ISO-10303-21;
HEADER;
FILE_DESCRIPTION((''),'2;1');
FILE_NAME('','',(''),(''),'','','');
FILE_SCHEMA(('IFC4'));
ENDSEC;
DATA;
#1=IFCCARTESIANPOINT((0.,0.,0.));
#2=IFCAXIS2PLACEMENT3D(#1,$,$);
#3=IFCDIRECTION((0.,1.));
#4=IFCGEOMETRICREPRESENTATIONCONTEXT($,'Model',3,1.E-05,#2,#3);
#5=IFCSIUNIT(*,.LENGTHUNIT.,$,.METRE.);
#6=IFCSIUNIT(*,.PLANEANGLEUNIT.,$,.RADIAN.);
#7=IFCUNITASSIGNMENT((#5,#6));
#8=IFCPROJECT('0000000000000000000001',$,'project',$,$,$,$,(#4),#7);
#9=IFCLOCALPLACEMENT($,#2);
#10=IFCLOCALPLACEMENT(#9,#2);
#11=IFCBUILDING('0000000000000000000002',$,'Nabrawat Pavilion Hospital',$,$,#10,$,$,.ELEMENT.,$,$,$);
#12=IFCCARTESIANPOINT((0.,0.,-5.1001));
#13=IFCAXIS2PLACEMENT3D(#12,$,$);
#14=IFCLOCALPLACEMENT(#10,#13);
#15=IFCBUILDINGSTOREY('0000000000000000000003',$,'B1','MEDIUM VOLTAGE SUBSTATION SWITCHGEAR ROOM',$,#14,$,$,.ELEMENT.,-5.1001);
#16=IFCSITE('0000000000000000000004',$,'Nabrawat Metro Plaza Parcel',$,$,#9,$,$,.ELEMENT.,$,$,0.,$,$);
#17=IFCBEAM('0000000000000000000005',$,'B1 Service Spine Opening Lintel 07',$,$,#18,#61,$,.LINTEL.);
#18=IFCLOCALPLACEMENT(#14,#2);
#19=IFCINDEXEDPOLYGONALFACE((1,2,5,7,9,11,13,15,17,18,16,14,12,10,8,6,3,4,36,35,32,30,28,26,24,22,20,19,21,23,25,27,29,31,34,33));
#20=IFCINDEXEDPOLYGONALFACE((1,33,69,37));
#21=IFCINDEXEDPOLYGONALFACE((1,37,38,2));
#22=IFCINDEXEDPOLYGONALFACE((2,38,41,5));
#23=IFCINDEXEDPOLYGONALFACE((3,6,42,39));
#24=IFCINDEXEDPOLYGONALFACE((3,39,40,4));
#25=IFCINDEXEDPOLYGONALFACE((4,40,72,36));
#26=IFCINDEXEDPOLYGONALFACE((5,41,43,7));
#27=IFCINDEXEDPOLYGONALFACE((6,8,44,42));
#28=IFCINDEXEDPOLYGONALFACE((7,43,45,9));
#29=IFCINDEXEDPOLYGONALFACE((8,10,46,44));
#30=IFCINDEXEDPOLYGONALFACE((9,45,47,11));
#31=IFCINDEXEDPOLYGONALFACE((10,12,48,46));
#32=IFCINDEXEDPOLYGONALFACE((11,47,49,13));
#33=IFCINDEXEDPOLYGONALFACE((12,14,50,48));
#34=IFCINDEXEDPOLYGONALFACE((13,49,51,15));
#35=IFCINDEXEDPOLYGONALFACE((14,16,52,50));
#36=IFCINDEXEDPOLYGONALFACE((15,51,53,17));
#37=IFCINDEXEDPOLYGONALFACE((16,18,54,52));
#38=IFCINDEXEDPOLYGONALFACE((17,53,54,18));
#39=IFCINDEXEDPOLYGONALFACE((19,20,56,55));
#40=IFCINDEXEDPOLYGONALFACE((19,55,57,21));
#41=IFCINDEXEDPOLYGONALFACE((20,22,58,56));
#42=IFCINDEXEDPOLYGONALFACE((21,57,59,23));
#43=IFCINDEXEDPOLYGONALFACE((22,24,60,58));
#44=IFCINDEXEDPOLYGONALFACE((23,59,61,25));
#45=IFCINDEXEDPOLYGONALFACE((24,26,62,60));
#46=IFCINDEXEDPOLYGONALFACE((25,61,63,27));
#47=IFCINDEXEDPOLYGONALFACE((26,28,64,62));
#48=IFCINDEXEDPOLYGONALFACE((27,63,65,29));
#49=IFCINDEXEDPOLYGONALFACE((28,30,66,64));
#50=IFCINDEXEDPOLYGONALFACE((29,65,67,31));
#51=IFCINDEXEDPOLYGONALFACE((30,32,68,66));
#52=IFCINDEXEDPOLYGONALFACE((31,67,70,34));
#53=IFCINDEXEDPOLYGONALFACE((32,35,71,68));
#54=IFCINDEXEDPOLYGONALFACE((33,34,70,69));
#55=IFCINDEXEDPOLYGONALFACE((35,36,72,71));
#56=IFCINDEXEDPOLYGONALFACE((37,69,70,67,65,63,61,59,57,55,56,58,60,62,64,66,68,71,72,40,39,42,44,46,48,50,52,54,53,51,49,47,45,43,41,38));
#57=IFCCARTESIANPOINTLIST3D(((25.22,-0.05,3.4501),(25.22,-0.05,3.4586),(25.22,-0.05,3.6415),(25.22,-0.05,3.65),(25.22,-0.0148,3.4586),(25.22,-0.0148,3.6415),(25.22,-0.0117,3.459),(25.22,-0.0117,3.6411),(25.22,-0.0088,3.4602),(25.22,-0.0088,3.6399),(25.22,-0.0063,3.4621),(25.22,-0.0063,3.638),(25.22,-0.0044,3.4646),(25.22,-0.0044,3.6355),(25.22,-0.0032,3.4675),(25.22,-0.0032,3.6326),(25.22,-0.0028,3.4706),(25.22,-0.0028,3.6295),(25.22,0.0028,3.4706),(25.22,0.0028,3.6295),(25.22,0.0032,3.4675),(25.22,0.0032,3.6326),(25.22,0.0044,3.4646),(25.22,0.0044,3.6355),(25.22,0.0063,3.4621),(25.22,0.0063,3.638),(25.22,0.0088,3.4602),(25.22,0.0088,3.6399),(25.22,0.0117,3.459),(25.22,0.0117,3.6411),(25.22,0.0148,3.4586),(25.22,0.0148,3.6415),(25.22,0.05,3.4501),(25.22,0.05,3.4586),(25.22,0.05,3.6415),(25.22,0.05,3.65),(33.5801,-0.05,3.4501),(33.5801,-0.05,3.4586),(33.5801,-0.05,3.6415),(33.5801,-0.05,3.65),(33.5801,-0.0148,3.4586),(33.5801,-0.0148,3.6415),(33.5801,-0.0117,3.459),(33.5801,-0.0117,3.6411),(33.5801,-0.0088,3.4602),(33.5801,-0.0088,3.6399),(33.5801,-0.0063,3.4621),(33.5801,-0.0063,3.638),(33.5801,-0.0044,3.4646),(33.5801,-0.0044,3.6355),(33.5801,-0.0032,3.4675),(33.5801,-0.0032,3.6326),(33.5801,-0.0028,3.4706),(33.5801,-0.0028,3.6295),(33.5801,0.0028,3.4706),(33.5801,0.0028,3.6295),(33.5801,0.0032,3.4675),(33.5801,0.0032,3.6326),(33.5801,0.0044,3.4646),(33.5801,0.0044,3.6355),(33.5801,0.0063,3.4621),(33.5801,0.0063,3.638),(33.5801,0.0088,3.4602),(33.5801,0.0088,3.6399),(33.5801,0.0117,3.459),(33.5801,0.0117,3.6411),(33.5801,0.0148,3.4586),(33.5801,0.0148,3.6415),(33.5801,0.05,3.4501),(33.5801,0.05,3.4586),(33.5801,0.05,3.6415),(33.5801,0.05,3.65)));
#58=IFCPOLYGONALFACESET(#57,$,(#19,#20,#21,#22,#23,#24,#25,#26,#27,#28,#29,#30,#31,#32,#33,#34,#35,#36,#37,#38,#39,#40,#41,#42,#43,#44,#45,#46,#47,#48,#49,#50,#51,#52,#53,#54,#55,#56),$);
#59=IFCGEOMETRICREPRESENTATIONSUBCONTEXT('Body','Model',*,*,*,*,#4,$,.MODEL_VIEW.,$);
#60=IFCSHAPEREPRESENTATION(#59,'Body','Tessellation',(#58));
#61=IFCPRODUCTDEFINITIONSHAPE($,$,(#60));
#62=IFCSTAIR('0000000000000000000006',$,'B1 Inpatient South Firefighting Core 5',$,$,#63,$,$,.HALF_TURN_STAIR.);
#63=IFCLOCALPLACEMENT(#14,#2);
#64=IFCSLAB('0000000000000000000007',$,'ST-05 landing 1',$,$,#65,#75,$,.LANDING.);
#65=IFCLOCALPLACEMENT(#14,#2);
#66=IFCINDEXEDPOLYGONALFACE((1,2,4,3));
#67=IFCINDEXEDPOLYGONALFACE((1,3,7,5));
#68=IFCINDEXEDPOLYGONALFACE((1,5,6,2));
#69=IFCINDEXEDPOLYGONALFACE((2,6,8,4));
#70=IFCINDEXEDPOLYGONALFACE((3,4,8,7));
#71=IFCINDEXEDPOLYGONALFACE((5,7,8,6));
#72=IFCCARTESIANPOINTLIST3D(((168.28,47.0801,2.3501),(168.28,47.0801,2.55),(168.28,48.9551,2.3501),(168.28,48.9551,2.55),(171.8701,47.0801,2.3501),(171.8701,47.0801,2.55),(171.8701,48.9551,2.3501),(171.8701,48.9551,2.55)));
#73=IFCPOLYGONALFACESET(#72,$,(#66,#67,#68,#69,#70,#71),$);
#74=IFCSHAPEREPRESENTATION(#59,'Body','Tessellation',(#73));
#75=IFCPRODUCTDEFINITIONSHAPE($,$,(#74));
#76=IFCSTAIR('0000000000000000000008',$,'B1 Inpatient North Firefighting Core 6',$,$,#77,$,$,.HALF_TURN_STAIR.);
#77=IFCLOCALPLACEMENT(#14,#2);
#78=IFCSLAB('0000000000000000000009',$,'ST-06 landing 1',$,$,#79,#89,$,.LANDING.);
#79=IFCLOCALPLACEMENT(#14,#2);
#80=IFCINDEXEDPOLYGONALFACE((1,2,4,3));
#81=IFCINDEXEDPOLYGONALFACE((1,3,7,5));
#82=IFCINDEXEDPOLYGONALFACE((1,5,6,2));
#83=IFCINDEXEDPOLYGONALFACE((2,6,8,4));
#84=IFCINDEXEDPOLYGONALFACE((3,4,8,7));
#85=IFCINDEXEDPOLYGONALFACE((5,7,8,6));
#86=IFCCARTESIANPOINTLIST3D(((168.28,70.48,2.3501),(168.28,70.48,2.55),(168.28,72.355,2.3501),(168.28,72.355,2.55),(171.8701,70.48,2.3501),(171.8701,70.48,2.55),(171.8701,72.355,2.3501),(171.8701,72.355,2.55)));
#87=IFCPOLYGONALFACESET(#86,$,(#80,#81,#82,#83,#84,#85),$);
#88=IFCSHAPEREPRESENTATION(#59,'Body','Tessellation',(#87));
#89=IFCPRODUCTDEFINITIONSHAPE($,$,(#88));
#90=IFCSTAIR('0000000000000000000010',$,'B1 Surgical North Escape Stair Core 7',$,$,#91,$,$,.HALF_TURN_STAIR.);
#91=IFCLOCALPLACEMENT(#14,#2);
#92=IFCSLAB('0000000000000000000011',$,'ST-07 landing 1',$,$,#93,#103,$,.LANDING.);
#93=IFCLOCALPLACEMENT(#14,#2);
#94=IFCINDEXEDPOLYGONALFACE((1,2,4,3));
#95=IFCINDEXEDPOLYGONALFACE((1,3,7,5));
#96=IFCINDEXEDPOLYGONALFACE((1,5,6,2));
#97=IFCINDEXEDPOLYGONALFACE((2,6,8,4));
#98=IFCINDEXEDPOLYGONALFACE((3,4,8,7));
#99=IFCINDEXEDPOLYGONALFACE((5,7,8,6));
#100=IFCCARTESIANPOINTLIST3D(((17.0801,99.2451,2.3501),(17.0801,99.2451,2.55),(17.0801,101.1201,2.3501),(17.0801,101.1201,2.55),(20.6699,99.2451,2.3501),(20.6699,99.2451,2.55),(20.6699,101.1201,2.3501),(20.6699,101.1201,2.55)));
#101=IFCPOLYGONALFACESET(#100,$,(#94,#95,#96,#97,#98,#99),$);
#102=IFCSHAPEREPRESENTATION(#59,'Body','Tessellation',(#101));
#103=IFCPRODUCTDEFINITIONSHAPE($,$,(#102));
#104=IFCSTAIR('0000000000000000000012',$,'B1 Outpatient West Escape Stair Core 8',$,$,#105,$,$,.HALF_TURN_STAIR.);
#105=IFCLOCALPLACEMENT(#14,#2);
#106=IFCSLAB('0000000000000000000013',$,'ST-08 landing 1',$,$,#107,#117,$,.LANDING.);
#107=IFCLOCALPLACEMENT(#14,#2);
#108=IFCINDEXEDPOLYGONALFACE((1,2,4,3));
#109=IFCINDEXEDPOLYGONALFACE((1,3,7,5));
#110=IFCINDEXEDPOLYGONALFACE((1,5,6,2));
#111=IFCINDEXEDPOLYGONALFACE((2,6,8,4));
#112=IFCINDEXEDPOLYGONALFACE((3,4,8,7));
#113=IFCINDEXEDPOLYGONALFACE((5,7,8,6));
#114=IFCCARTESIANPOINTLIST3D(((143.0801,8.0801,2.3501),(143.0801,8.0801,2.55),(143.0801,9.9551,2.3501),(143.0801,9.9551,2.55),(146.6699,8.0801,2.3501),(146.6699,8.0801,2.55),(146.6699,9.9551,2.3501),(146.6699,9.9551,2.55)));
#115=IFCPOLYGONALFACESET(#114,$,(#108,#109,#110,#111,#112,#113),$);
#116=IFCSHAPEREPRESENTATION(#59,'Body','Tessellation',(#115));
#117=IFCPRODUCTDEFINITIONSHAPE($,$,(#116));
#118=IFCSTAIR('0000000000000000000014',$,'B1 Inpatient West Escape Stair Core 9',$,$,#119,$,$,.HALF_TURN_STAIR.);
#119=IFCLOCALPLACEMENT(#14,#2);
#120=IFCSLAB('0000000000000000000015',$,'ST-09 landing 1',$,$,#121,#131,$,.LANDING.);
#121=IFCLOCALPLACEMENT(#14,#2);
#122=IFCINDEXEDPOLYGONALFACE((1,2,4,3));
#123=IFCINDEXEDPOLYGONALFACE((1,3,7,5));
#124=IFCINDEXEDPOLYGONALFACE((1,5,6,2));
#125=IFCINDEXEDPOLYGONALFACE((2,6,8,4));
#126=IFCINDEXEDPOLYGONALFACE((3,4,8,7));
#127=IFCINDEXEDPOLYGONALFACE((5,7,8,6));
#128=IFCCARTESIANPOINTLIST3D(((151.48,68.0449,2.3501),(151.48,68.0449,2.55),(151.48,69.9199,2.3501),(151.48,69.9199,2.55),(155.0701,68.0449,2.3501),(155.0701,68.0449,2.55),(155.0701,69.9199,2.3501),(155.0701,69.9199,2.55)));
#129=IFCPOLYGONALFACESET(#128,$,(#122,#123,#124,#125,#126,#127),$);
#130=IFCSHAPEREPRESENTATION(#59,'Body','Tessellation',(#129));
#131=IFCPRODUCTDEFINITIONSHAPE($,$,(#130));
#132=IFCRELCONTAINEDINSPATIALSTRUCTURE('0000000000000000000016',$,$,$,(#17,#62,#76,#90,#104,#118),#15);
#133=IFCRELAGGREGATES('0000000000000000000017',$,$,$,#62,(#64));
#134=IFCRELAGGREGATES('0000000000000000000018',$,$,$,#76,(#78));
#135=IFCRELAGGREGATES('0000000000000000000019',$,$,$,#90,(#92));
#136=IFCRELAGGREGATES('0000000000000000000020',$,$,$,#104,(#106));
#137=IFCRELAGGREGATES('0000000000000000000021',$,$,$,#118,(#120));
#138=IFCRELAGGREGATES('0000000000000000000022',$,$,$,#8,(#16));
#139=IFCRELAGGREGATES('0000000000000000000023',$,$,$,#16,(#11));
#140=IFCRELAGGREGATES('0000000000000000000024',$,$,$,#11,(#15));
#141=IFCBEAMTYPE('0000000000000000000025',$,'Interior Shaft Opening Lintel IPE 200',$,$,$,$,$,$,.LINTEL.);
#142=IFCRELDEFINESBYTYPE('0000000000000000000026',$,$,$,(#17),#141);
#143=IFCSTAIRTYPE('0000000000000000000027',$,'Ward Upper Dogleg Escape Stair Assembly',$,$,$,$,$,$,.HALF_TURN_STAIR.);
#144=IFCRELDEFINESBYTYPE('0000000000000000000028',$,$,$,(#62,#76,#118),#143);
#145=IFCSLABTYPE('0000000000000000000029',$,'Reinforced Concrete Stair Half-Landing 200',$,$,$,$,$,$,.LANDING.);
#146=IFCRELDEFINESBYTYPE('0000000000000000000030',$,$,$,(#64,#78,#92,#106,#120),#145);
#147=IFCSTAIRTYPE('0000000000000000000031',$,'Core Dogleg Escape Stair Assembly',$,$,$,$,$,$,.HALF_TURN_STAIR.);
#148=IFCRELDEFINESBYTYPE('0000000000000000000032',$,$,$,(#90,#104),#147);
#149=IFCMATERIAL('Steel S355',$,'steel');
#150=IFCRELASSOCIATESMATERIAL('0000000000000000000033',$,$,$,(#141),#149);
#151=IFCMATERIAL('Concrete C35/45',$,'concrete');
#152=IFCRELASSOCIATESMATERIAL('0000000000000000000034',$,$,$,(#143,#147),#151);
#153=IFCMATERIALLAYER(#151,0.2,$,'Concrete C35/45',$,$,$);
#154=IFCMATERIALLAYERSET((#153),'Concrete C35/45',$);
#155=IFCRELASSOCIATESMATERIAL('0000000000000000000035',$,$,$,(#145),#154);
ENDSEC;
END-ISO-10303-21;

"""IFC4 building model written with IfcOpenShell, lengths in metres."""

from ifc_helpers import new_model, si_unit, direction, frame, origin, origin_2d, place, context, subcontext, project, spatial, polyline, i_section, outline, extrude, material, layer, layer_set, material_profile, profile_set, type_object, element, aggregate, save


model = new_model("IFC4")

# Units and contexts
model_context = context("Model", 3, precision=1e-05, world=origin(), true_north=direction((0.0, 1.0)))
body_context = subcontext(model_context, "Body", "Model", "MODEL_VIEW")
ifc_project = project(units=[si_unit("LENGTHUNIT", "METRE"), si_unit("PLANEANGLEUNIT", "RADIAN")], contexts=[model_context])

# Site, building, storey
site_placement = place(None, origin())
site = spatial("IfcSite", under=ifc_project, at=site_placement, Name="Nabrawat Metro Plaza Parcel", CompositionType="ELEMENT", RefElevation=0.0)
building_placement = place(site_placement, origin())
building = spatial("IfcBuilding", under=site, at=building_placement, Name="Nabrawat Pavilion Hospital", CompositionType="ELEMENT")
storey_placement = place(building_placement, frame((0.0, 0.0, -5.1001)))
storey = spatial("IfcBuildingStorey", under=building, at=storey_placement, Name="B1", Description="MEDIUM VOLTAGE SUBSTATION SWITCHGEAR ROOM", CompositionType="ELEMENT", Elevation=-5.1001)

# Shared definitions
ifc_material_1 = material(Name="Concrete C35/45", Category="concrete")

# Beam
ifc_material_2 = material(Name="Steel S355", Category="steel")
ifc_material_profile_1 = material_profile(ifc_material_2, i_section(OverallWidth=0.1001, OverallDepth=0.2, WebThickness=0.0056, FlangeThickness=0.0085, FilletRadius=0.012, at=origin_2d()), Name="IPE 200")
ifc_profile_set_1 = profile_set([ifc_material_profile_1], Name="Steel S355")
beam_type = type_object("IfcBeamType", Name="Interior Shaft Opening Lintel IPE 200", PredefinedType="LINTEL", material=ifc_profile_set_1)
beam_1_placement = place(storey_placement, frame((25.22, 0.0, 3.55), z_axis=(1.0, 0.0, 0.0), x_axis=(0.0, 1.0, 0.0)))
element("IfcBeam", 1, at=beam_1_placement, inside=storey, type_object=beam_type, Name="B1 Service Spine Opening Lintel 07", PredefinedType="LINTEL", context=body_context, shape_type="SweptSolid", body=[
    extrude(i_section(OverallWidth=0.1001, OverallDepth=0.2, WebThickness=0.0056, FlangeThickness=0.0085, FilletRadius=0.012, at=origin_2d()), origin(), (0.0, 0.0, 1.0), 8.3601),
])

# Stairs, slabs
stair_type_1 = type_object("IfcStairType", Name="Ward Upper Dogleg Escape Stair Assembly", PredefinedType="HALF_TURN_STAIR", material=ifc_material_1)
stair_1_placement = place(storey_placement, origin())
stair_1 = element("IfcStair", 2, at=stair_1_placement, inside=storey, type_object=stair_type_1, Name="B1 Inpatient South Firefighting Core 5", PredefinedType="HALF_TURN_STAIR")
ifc_layer = layer(ifc_material_1, 0.2, Name="Concrete C35/45")
ifc_layer_set = layer_set([ifc_layer], Name="Concrete C35/45")
slab_type = type_object("IfcSlabType", Name="Reinforced Concrete Stair Half-Landing 200", PredefinedType="LANDING", material=ifc_layer_set)
slab_1_placement = place(storey_placement, frame((0.0, 0.0, 2.3501)))
slab_1 = element("IfcSlab", 3, at=slab_1_placement, type_object=slab_type, Name="ST-05 landing 1", PredefinedType="LANDING", context=body_context, shape_type="SweptSolid", body=[
    extrude(outline(polyline([(171.8701, 47.0801), (171.8701, 48.9551), (168.28, 48.9551), (168.28, 47.0801), (171.8701, 47.0801)])), origin(), (0.0, 0.0, 1.0), 0.2),
])
aggregate(stair_1, [slab_1])
stair_2_placement = place(storey_placement, origin())
stair_2 = element("IfcStair", 4, at=stair_2_placement, inside=storey, type_object=stair_type_1, Name="B1 Inpatient North Firefighting Core 6", PredefinedType="HALF_TURN_STAIR")
slab_2_placement = place(storey_placement, frame((0.0, 0.0, 2.3501)))
slab_2 = element("IfcSlab", 5, at=slab_2_placement, type_object=slab_type, Name="ST-06 landing 1", PredefinedType="LANDING", context=body_context, shape_type="SweptSolid", body=[
    extrude(outline(polyline([(171.8701, 70.48), (171.8701, 72.355), (168.28, 72.355), (168.28, 70.48), (171.8701, 70.48)])), origin(), (0.0, 0.0, 1.0), 0.2),
])
aggregate(stair_2, [slab_2])
stair_type_2 = type_object("IfcStairType", Name="Core Dogleg Escape Stair Assembly", PredefinedType="HALF_TURN_STAIR", material=ifc_material_1)
stair_3_placement = place(storey_placement, origin())
stair_3 = element("IfcStair", 6, at=stair_3_placement, inside=storey, type_object=stair_type_2, Name="B1 Surgical North Escape Stair Core 7", PredefinedType="HALF_TURN_STAIR")
slab_3_placement = place(storey_placement, frame((0.0, 0.0, 2.3501)))
slab_3 = element("IfcSlab", 7, at=slab_3_placement, type_object=slab_type, Name="ST-07 landing 1", PredefinedType="LANDING", context=body_context, shape_type="SweptSolid", body=[
    extrude(outline(polyline([(20.6699, 99.2451), (20.6699, 101.1201), (17.0801, 101.1201), (17.0801, 99.2451), (20.6699, 99.2451)])), origin(), (0.0, 0.0, 1.0), 0.2),
])
aggregate(stair_3, [slab_3])
stair_4_placement = place(storey_placement, origin())
stair_4 = element("IfcStair", 8, at=stair_4_placement, inside=storey, type_object=stair_type_2, Name="B1 Outpatient West Escape Stair Core 8", PredefinedType="HALF_TURN_STAIR")
slab_4_placement = place(storey_placement, frame((0.0, 0.0, 2.3501)))
slab_4 = element("IfcSlab", 9, at=slab_4_placement, type_object=slab_type, Name="ST-08 landing 1", PredefinedType="LANDING", context=body_context, shape_type="SweptSolid", body=[
    extrude(outline(polyline([(146.6699, 8.0801), (146.6699, 9.9551), (143.0801, 9.9551), (143.0801, 8.0801), (146.6699, 8.0801)])), origin(), (0.0, 0.0, 1.0), 0.2),
])
aggregate(stair_4, [slab_4])
stair_5_placement = place(storey_placement, origin())
stair_5 = element("IfcStair", 10, at=stair_5_placement, inside=storey, type_object=stair_type_1, Name="B1 Inpatient West Escape Stair Core 9", PredefinedType="HALF_TURN_STAIR")
slab_5_placement = place(storey_placement, frame((0.0, 0.0, 2.3501)))
slab_5 = element("IfcSlab", 11, at=slab_5_placement, type_object=slab_type, Name="ST-09 landing 1", PredefinedType="LANDING", context=body_context, shape_type="SweptSolid", body=[
    extrude(outline(polyline([(155.0701, 68.0449), (155.0701, 69.9199), (151.48, 69.9199), (151.48, 68.0449), (155.0701, 68.0449)])), origin(), (0.0, 0.0, 1.0), 0.2),
])
aggregate(stair_5, [slab_5])

save(model, "model.ifc")
